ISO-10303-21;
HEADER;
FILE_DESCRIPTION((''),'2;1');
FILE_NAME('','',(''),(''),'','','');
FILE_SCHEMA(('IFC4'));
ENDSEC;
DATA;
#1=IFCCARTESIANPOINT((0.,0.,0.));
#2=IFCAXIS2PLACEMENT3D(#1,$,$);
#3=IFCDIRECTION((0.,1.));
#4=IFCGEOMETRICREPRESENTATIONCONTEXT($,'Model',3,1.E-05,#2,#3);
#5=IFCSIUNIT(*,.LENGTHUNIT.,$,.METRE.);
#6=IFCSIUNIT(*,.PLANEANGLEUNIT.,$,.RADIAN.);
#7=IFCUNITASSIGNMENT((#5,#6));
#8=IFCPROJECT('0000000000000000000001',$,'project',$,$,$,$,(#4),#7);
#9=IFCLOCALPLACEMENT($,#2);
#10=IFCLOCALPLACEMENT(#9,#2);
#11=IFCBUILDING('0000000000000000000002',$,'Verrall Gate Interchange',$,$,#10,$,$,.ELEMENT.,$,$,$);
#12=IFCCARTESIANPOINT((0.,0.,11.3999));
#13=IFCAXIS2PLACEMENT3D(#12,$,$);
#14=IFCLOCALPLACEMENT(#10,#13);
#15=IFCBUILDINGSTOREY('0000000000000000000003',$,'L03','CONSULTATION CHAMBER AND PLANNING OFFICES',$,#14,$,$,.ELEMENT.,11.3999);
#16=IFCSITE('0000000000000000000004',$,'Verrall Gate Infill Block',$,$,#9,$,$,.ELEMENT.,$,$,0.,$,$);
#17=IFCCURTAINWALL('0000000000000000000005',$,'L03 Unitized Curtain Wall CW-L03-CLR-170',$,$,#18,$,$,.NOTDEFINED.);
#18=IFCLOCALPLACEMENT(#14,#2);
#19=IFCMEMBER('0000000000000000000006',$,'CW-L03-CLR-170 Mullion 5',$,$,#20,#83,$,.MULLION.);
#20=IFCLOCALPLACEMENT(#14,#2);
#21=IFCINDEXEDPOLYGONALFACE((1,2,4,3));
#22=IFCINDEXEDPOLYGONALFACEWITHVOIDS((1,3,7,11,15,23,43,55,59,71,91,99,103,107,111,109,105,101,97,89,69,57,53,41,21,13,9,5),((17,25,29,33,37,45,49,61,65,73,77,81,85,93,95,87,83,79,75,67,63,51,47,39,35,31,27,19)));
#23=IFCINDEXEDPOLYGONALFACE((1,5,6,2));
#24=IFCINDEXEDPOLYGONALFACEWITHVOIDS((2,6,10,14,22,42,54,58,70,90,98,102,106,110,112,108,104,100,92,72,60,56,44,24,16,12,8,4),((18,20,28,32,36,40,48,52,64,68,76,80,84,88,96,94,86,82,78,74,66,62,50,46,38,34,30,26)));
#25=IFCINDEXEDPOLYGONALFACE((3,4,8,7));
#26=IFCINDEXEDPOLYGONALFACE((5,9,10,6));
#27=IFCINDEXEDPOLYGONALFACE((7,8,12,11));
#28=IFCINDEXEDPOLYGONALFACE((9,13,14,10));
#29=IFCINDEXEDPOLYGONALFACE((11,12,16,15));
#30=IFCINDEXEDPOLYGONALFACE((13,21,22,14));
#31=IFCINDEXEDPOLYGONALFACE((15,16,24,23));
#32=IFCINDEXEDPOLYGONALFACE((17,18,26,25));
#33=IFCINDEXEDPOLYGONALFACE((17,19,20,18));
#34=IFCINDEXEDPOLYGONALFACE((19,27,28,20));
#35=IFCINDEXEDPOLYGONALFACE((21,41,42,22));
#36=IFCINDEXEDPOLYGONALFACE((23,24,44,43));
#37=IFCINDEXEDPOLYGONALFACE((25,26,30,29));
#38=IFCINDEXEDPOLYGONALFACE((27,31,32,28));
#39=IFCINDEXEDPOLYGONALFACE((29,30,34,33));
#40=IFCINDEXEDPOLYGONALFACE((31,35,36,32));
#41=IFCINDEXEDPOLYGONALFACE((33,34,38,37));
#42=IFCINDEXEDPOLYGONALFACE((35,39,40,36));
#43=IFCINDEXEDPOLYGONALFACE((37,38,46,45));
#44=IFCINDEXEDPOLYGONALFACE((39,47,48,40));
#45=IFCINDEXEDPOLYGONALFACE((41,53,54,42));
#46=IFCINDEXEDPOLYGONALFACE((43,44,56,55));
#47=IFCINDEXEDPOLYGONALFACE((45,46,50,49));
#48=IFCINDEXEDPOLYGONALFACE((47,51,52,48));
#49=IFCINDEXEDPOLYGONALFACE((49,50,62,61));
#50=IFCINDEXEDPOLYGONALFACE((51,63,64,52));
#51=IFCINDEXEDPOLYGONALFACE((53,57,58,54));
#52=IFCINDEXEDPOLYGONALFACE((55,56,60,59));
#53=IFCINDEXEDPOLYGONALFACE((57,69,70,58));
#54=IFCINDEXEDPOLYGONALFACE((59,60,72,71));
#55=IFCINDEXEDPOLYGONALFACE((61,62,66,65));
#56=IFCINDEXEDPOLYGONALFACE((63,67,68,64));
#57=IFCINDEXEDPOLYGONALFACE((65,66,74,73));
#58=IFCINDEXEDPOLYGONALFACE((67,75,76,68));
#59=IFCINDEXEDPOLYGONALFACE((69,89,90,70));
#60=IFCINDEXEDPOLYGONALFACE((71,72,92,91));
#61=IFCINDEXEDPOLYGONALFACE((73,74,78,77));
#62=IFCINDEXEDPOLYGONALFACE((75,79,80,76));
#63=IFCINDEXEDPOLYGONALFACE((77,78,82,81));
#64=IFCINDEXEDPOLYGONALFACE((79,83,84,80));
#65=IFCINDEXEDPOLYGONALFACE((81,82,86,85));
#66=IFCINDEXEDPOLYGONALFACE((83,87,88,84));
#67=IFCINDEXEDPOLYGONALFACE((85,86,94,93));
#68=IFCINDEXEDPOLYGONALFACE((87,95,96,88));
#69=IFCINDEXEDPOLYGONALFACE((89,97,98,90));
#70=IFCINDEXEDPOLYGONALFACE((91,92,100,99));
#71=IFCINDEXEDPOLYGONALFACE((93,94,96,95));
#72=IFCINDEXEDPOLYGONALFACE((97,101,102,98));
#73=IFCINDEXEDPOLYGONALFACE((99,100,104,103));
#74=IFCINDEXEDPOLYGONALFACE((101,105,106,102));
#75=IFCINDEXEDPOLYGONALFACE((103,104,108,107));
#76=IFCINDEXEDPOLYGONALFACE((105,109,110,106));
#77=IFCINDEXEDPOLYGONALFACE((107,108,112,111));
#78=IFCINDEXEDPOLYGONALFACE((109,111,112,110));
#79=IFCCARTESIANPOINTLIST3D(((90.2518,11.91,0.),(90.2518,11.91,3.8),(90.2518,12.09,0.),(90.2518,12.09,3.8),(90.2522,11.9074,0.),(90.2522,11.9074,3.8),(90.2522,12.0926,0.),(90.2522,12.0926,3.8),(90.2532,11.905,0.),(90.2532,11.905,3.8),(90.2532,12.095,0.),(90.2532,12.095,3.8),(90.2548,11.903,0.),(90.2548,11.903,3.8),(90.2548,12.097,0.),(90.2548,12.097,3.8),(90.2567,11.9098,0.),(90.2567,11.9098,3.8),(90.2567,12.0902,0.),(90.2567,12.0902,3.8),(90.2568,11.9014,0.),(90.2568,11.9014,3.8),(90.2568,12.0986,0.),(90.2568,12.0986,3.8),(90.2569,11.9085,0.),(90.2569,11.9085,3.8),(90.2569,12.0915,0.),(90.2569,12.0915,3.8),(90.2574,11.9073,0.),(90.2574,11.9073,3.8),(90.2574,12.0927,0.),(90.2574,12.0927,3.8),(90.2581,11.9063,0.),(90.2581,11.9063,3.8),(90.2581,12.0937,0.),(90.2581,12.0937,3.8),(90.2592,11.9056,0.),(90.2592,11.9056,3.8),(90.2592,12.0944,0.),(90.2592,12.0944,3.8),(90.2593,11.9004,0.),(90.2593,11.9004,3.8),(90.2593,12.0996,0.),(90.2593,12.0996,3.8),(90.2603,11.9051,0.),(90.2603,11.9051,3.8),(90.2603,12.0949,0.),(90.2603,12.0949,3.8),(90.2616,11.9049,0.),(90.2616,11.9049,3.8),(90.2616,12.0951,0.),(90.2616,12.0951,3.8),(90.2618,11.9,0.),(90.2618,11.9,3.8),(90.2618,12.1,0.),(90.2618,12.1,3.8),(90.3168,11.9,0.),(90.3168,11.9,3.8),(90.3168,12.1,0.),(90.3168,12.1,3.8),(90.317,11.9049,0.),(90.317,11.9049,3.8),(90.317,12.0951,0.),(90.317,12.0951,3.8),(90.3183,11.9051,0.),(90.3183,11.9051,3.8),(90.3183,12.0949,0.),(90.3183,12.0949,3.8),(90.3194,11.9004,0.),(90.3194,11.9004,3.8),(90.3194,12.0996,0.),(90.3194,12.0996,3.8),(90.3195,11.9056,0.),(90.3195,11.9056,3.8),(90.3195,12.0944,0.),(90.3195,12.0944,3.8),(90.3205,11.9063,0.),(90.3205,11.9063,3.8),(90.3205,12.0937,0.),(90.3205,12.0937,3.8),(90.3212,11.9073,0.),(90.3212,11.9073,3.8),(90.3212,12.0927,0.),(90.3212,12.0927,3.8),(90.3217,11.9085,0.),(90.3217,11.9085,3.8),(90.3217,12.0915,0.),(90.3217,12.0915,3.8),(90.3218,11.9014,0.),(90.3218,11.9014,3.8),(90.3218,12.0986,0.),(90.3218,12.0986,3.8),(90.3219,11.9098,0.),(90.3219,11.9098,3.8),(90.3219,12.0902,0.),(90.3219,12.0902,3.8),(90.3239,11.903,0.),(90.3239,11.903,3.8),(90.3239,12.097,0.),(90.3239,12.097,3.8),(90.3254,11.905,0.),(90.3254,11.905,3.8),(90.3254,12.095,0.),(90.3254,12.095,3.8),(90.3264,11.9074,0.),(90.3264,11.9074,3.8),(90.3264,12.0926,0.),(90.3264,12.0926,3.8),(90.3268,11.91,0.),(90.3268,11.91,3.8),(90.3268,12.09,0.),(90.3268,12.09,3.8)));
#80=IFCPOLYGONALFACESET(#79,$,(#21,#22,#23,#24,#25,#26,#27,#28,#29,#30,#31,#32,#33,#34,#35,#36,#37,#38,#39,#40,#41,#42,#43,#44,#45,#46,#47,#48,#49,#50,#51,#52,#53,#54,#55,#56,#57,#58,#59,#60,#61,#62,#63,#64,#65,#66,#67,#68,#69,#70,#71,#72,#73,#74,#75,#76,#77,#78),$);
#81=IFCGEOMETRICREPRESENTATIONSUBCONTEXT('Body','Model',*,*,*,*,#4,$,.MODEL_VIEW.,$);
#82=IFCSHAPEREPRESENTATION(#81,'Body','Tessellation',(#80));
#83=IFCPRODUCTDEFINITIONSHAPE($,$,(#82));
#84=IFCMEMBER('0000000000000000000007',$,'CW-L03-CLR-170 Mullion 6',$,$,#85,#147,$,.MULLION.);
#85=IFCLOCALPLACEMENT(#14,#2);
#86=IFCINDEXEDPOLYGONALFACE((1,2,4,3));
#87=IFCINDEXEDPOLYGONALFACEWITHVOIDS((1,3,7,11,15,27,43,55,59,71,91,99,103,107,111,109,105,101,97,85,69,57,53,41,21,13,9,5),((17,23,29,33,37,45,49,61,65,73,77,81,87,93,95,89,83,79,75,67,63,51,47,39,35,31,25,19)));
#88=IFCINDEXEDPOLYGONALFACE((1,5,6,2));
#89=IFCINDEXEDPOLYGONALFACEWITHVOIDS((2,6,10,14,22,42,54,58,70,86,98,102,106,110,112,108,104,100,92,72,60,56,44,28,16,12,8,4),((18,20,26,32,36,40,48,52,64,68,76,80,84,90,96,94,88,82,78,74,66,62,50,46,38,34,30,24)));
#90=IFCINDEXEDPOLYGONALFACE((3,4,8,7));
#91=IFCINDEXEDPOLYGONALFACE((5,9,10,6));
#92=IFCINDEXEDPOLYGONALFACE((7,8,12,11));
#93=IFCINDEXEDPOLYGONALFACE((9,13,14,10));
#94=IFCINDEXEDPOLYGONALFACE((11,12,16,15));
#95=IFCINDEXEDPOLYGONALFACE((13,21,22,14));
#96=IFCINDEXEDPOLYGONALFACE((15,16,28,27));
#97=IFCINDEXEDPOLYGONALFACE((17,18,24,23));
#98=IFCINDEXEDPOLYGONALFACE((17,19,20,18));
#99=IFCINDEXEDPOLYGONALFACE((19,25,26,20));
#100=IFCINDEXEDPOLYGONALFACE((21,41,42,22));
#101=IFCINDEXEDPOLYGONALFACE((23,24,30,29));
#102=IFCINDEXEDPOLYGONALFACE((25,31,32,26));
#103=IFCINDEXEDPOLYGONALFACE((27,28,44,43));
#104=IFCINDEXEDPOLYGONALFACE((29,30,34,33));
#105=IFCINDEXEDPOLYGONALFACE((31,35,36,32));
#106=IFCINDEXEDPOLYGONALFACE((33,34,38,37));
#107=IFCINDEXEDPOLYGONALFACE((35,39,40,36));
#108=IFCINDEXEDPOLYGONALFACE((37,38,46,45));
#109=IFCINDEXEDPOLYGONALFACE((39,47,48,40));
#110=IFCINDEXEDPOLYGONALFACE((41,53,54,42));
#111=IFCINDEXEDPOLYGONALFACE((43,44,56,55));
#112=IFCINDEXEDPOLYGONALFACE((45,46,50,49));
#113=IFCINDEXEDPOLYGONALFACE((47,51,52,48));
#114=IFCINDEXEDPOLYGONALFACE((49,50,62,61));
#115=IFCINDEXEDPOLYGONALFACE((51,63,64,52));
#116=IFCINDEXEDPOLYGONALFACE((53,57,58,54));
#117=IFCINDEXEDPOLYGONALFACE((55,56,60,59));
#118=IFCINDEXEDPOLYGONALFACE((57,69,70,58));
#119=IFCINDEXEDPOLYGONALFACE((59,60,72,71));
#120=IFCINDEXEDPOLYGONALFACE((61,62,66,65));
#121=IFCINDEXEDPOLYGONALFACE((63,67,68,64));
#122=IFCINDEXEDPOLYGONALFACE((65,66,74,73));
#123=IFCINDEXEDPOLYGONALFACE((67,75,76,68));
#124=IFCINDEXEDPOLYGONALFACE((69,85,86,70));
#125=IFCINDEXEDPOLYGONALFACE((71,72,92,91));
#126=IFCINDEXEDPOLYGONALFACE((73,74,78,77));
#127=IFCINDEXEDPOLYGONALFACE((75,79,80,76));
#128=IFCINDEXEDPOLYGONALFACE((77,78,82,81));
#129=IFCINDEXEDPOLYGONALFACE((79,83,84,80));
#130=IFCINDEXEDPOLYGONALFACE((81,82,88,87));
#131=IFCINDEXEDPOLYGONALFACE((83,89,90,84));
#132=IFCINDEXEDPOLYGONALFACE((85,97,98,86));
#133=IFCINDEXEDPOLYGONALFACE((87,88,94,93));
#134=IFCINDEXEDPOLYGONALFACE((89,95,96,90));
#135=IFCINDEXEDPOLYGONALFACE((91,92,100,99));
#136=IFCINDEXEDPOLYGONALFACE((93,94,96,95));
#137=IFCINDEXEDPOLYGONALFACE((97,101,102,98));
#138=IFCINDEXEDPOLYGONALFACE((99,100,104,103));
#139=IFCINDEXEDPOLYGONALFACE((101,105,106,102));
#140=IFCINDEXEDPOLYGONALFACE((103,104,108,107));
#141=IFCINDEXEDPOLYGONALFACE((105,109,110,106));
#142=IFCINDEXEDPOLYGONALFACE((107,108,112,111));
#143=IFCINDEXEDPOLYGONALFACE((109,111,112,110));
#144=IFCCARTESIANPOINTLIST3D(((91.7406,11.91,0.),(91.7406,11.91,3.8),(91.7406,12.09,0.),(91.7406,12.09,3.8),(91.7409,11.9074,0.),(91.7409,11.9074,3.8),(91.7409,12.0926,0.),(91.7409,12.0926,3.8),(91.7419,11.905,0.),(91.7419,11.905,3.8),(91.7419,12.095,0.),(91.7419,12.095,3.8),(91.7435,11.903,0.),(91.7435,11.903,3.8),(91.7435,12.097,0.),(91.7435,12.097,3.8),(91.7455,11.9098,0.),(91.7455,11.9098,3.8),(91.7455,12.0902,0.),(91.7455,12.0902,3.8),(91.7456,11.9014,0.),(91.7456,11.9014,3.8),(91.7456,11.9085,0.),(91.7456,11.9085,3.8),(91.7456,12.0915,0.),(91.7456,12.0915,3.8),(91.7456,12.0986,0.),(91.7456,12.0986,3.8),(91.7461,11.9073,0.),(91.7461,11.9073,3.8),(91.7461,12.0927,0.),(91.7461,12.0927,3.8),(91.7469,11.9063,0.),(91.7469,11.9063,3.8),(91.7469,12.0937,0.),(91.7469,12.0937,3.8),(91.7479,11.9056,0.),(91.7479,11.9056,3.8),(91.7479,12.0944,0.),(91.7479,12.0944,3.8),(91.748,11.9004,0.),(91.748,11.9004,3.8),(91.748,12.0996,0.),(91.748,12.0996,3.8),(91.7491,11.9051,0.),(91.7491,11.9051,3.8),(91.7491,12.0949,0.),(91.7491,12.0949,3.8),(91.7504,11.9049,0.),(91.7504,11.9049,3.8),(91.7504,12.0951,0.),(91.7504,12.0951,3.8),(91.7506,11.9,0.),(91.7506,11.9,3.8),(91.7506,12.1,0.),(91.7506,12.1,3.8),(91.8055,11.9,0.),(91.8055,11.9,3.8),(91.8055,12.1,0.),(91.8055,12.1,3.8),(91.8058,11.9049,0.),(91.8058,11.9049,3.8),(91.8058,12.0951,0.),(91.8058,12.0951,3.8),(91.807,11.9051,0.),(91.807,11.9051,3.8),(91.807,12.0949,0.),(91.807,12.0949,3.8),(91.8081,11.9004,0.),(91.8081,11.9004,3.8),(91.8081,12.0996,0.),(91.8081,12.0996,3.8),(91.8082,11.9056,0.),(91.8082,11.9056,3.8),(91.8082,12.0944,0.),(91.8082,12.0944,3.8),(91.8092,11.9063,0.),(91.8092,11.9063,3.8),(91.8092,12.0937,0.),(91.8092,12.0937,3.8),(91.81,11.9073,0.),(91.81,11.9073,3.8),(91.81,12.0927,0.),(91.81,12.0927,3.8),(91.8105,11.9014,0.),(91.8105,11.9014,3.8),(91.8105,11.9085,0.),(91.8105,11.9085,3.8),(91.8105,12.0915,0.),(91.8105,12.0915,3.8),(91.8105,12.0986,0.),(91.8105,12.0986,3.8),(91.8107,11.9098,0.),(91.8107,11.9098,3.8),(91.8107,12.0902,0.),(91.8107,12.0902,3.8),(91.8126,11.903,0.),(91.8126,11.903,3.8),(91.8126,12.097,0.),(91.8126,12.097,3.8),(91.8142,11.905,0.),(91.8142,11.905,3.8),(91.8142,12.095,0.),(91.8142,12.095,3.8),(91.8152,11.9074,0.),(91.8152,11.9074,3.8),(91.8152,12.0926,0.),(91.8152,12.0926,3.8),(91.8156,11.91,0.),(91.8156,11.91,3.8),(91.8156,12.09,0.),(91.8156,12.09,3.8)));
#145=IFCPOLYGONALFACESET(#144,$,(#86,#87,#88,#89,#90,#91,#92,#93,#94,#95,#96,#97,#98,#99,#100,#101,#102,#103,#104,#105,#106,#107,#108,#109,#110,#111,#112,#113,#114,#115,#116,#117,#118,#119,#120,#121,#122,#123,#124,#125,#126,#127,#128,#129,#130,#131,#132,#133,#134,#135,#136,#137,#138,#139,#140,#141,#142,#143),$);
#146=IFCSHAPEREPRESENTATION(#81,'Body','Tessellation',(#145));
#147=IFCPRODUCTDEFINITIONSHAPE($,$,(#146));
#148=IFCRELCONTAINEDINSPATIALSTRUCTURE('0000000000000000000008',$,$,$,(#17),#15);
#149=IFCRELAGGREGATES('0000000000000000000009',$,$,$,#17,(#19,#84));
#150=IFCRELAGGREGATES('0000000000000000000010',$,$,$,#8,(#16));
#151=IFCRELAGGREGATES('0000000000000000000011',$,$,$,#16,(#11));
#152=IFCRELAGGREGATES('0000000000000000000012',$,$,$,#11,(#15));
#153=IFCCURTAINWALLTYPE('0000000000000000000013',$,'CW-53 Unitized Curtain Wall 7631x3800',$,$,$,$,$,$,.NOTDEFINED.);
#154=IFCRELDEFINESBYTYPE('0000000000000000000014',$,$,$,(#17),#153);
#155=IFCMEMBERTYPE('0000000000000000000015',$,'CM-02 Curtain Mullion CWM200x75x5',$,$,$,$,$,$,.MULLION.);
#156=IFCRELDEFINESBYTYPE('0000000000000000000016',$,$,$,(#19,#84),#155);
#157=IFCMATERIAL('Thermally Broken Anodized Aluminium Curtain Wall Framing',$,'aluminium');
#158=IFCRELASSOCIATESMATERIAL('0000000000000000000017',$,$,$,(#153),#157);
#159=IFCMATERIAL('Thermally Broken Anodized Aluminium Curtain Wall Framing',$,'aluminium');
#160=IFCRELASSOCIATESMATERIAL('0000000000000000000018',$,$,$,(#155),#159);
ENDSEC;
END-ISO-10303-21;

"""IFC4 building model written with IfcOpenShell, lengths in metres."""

from ifc_helpers import new_model, si_unit, direction, frame, origin, origin_2d, place, context, subcontext, project, spatial, hollow_rectangle, extrude, material, material_profile, profile_set, type_object, element, aggregate, save


model = new_model("IFC4")

# Units and contexts
model_context = context("Model", 3, precision=1e-05, world=origin(), true_north=direction((0.0, 1.0)))
body_context = subcontext(model_context, "Body", "Model", "MODEL_VIEW")
ifc_project = project(units=[si_unit("LENGTHUNIT", "METRE"), si_unit("PLANEANGLEUNIT", "RADIAN")], contexts=[model_context])

# Site, building, storey
site_placement = place(None, origin())
site = spatial("IfcSite", under=ifc_project, at=site_placement, Name="Verrall Gate Infill Block", CompositionType="ELEMENT", RefElevation=0.0)
building_placement = place(site_placement, origin())
building = spatial("IfcBuilding", under=site, at=building_placement, Name="Verrall Gate Interchange", CompositionType="ELEMENT")
storey_placement = place(building_placement, frame((0.0, 0.0, 11.3999)))
storey = spatial("IfcBuildingStorey", under=building, at=storey_placement, Name="L03", Description="CONSULTATION CHAMBER AND PLANNING OFFICES", CompositionType="ELEMENT", Elevation=11.3999)

# Curtain wall, members
ifc_material_1 = material(Name="Thermally Broken Anodized Aluminium Curtain Wall Framing", Category="aluminium")
curtain_wall_type = type_object("IfcCurtainWallType", Name="CW-53 Unitized Curtain Wall 7631x3800", PredefinedType="NOTDEFINED", material=ifc_material_1)
curtain_wall_1_placement = place(storey_placement, origin())
curtain_wall_1 = element("IfcCurtainWall", 1, at=curtain_wall_1_placement, inside=storey, type_object=curtain_wall_type, Name="L03 Unitized Curtain Wall CW-L03-CLR-170", PredefinedType="NOTDEFINED")
ifc_material_2 = material(Name="Thermally Broken Anodized Aluminium Curtain Wall Framing", Category="aluminium")
ifc_material_profile_1 = material_profile(ifc_material_2, hollow_rectangle(XDim=0.075, YDim=0.2, WallThickness=0.0049, InnerFilletRadius=0.0049, OuterFilletRadius=0.01, at=origin_2d()), Name="CWM200x75x5")
ifc_profile_set_1 = profile_set([ifc_material_profile_1], Name="Thermally Broken Anodized Aluminium Curtain Wall Framing")
member_type_1 = type_object("IfcMemberType", Name="CM-02 Curtain Mullion CWM200x75x5", PredefinedType="MULLION", material=ifc_profile_set_1)
member_1_placement = place(storey_placement, frame((90.2893, 12.0, 0.0), z_axis=(0.0, 0.0, 1.0), x_axis=(1.0, 0.0, 0.0)))
member_1 = element("IfcMember", 2, at=member_1_placement, type_object=member_type_1, Name="CW-L03-CLR-170 Mullion 5", PredefinedType="MULLION", context=body_context, shape_type="SweptSolid", body=[
    extrude(hollow_rectangle(XDim=0.075, YDim=0.2, WallThickness=0.0049, InnerFilletRadius=0.0049, OuterFilletRadius=0.01, at=origin_2d()), origin(), (0.0, 0.0, 1.0), 3.8),
])
member_2_placement = place(storey_placement, frame((91.7781, 12.0, 0.0), z_axis=(0.0, 0.0, 1.0), x_axis=(1.0, 0.0, 0.0)))
member_2 = element("IfcMember", 3, at=member_2_placement, type_object=member_type_1, Name="CW-L03-CLR-170 Mullion 6", PredefinedType="MULLION", context=body_context, shape_type="SweptSolid", body=[
    extrude(hollow_rectangle(XDim=0.075, YDim=0.2, WallThickness=0.0049, InnerFilletRadius=0.0049, OuterFilletRadius=0.01, at=origin_2d()), origin(), (0.0, 0.0, 1.0), 3.8),
])

aggregate(curtain_wall_1, [member_1, member_2])

save(model, "model.ifc")
